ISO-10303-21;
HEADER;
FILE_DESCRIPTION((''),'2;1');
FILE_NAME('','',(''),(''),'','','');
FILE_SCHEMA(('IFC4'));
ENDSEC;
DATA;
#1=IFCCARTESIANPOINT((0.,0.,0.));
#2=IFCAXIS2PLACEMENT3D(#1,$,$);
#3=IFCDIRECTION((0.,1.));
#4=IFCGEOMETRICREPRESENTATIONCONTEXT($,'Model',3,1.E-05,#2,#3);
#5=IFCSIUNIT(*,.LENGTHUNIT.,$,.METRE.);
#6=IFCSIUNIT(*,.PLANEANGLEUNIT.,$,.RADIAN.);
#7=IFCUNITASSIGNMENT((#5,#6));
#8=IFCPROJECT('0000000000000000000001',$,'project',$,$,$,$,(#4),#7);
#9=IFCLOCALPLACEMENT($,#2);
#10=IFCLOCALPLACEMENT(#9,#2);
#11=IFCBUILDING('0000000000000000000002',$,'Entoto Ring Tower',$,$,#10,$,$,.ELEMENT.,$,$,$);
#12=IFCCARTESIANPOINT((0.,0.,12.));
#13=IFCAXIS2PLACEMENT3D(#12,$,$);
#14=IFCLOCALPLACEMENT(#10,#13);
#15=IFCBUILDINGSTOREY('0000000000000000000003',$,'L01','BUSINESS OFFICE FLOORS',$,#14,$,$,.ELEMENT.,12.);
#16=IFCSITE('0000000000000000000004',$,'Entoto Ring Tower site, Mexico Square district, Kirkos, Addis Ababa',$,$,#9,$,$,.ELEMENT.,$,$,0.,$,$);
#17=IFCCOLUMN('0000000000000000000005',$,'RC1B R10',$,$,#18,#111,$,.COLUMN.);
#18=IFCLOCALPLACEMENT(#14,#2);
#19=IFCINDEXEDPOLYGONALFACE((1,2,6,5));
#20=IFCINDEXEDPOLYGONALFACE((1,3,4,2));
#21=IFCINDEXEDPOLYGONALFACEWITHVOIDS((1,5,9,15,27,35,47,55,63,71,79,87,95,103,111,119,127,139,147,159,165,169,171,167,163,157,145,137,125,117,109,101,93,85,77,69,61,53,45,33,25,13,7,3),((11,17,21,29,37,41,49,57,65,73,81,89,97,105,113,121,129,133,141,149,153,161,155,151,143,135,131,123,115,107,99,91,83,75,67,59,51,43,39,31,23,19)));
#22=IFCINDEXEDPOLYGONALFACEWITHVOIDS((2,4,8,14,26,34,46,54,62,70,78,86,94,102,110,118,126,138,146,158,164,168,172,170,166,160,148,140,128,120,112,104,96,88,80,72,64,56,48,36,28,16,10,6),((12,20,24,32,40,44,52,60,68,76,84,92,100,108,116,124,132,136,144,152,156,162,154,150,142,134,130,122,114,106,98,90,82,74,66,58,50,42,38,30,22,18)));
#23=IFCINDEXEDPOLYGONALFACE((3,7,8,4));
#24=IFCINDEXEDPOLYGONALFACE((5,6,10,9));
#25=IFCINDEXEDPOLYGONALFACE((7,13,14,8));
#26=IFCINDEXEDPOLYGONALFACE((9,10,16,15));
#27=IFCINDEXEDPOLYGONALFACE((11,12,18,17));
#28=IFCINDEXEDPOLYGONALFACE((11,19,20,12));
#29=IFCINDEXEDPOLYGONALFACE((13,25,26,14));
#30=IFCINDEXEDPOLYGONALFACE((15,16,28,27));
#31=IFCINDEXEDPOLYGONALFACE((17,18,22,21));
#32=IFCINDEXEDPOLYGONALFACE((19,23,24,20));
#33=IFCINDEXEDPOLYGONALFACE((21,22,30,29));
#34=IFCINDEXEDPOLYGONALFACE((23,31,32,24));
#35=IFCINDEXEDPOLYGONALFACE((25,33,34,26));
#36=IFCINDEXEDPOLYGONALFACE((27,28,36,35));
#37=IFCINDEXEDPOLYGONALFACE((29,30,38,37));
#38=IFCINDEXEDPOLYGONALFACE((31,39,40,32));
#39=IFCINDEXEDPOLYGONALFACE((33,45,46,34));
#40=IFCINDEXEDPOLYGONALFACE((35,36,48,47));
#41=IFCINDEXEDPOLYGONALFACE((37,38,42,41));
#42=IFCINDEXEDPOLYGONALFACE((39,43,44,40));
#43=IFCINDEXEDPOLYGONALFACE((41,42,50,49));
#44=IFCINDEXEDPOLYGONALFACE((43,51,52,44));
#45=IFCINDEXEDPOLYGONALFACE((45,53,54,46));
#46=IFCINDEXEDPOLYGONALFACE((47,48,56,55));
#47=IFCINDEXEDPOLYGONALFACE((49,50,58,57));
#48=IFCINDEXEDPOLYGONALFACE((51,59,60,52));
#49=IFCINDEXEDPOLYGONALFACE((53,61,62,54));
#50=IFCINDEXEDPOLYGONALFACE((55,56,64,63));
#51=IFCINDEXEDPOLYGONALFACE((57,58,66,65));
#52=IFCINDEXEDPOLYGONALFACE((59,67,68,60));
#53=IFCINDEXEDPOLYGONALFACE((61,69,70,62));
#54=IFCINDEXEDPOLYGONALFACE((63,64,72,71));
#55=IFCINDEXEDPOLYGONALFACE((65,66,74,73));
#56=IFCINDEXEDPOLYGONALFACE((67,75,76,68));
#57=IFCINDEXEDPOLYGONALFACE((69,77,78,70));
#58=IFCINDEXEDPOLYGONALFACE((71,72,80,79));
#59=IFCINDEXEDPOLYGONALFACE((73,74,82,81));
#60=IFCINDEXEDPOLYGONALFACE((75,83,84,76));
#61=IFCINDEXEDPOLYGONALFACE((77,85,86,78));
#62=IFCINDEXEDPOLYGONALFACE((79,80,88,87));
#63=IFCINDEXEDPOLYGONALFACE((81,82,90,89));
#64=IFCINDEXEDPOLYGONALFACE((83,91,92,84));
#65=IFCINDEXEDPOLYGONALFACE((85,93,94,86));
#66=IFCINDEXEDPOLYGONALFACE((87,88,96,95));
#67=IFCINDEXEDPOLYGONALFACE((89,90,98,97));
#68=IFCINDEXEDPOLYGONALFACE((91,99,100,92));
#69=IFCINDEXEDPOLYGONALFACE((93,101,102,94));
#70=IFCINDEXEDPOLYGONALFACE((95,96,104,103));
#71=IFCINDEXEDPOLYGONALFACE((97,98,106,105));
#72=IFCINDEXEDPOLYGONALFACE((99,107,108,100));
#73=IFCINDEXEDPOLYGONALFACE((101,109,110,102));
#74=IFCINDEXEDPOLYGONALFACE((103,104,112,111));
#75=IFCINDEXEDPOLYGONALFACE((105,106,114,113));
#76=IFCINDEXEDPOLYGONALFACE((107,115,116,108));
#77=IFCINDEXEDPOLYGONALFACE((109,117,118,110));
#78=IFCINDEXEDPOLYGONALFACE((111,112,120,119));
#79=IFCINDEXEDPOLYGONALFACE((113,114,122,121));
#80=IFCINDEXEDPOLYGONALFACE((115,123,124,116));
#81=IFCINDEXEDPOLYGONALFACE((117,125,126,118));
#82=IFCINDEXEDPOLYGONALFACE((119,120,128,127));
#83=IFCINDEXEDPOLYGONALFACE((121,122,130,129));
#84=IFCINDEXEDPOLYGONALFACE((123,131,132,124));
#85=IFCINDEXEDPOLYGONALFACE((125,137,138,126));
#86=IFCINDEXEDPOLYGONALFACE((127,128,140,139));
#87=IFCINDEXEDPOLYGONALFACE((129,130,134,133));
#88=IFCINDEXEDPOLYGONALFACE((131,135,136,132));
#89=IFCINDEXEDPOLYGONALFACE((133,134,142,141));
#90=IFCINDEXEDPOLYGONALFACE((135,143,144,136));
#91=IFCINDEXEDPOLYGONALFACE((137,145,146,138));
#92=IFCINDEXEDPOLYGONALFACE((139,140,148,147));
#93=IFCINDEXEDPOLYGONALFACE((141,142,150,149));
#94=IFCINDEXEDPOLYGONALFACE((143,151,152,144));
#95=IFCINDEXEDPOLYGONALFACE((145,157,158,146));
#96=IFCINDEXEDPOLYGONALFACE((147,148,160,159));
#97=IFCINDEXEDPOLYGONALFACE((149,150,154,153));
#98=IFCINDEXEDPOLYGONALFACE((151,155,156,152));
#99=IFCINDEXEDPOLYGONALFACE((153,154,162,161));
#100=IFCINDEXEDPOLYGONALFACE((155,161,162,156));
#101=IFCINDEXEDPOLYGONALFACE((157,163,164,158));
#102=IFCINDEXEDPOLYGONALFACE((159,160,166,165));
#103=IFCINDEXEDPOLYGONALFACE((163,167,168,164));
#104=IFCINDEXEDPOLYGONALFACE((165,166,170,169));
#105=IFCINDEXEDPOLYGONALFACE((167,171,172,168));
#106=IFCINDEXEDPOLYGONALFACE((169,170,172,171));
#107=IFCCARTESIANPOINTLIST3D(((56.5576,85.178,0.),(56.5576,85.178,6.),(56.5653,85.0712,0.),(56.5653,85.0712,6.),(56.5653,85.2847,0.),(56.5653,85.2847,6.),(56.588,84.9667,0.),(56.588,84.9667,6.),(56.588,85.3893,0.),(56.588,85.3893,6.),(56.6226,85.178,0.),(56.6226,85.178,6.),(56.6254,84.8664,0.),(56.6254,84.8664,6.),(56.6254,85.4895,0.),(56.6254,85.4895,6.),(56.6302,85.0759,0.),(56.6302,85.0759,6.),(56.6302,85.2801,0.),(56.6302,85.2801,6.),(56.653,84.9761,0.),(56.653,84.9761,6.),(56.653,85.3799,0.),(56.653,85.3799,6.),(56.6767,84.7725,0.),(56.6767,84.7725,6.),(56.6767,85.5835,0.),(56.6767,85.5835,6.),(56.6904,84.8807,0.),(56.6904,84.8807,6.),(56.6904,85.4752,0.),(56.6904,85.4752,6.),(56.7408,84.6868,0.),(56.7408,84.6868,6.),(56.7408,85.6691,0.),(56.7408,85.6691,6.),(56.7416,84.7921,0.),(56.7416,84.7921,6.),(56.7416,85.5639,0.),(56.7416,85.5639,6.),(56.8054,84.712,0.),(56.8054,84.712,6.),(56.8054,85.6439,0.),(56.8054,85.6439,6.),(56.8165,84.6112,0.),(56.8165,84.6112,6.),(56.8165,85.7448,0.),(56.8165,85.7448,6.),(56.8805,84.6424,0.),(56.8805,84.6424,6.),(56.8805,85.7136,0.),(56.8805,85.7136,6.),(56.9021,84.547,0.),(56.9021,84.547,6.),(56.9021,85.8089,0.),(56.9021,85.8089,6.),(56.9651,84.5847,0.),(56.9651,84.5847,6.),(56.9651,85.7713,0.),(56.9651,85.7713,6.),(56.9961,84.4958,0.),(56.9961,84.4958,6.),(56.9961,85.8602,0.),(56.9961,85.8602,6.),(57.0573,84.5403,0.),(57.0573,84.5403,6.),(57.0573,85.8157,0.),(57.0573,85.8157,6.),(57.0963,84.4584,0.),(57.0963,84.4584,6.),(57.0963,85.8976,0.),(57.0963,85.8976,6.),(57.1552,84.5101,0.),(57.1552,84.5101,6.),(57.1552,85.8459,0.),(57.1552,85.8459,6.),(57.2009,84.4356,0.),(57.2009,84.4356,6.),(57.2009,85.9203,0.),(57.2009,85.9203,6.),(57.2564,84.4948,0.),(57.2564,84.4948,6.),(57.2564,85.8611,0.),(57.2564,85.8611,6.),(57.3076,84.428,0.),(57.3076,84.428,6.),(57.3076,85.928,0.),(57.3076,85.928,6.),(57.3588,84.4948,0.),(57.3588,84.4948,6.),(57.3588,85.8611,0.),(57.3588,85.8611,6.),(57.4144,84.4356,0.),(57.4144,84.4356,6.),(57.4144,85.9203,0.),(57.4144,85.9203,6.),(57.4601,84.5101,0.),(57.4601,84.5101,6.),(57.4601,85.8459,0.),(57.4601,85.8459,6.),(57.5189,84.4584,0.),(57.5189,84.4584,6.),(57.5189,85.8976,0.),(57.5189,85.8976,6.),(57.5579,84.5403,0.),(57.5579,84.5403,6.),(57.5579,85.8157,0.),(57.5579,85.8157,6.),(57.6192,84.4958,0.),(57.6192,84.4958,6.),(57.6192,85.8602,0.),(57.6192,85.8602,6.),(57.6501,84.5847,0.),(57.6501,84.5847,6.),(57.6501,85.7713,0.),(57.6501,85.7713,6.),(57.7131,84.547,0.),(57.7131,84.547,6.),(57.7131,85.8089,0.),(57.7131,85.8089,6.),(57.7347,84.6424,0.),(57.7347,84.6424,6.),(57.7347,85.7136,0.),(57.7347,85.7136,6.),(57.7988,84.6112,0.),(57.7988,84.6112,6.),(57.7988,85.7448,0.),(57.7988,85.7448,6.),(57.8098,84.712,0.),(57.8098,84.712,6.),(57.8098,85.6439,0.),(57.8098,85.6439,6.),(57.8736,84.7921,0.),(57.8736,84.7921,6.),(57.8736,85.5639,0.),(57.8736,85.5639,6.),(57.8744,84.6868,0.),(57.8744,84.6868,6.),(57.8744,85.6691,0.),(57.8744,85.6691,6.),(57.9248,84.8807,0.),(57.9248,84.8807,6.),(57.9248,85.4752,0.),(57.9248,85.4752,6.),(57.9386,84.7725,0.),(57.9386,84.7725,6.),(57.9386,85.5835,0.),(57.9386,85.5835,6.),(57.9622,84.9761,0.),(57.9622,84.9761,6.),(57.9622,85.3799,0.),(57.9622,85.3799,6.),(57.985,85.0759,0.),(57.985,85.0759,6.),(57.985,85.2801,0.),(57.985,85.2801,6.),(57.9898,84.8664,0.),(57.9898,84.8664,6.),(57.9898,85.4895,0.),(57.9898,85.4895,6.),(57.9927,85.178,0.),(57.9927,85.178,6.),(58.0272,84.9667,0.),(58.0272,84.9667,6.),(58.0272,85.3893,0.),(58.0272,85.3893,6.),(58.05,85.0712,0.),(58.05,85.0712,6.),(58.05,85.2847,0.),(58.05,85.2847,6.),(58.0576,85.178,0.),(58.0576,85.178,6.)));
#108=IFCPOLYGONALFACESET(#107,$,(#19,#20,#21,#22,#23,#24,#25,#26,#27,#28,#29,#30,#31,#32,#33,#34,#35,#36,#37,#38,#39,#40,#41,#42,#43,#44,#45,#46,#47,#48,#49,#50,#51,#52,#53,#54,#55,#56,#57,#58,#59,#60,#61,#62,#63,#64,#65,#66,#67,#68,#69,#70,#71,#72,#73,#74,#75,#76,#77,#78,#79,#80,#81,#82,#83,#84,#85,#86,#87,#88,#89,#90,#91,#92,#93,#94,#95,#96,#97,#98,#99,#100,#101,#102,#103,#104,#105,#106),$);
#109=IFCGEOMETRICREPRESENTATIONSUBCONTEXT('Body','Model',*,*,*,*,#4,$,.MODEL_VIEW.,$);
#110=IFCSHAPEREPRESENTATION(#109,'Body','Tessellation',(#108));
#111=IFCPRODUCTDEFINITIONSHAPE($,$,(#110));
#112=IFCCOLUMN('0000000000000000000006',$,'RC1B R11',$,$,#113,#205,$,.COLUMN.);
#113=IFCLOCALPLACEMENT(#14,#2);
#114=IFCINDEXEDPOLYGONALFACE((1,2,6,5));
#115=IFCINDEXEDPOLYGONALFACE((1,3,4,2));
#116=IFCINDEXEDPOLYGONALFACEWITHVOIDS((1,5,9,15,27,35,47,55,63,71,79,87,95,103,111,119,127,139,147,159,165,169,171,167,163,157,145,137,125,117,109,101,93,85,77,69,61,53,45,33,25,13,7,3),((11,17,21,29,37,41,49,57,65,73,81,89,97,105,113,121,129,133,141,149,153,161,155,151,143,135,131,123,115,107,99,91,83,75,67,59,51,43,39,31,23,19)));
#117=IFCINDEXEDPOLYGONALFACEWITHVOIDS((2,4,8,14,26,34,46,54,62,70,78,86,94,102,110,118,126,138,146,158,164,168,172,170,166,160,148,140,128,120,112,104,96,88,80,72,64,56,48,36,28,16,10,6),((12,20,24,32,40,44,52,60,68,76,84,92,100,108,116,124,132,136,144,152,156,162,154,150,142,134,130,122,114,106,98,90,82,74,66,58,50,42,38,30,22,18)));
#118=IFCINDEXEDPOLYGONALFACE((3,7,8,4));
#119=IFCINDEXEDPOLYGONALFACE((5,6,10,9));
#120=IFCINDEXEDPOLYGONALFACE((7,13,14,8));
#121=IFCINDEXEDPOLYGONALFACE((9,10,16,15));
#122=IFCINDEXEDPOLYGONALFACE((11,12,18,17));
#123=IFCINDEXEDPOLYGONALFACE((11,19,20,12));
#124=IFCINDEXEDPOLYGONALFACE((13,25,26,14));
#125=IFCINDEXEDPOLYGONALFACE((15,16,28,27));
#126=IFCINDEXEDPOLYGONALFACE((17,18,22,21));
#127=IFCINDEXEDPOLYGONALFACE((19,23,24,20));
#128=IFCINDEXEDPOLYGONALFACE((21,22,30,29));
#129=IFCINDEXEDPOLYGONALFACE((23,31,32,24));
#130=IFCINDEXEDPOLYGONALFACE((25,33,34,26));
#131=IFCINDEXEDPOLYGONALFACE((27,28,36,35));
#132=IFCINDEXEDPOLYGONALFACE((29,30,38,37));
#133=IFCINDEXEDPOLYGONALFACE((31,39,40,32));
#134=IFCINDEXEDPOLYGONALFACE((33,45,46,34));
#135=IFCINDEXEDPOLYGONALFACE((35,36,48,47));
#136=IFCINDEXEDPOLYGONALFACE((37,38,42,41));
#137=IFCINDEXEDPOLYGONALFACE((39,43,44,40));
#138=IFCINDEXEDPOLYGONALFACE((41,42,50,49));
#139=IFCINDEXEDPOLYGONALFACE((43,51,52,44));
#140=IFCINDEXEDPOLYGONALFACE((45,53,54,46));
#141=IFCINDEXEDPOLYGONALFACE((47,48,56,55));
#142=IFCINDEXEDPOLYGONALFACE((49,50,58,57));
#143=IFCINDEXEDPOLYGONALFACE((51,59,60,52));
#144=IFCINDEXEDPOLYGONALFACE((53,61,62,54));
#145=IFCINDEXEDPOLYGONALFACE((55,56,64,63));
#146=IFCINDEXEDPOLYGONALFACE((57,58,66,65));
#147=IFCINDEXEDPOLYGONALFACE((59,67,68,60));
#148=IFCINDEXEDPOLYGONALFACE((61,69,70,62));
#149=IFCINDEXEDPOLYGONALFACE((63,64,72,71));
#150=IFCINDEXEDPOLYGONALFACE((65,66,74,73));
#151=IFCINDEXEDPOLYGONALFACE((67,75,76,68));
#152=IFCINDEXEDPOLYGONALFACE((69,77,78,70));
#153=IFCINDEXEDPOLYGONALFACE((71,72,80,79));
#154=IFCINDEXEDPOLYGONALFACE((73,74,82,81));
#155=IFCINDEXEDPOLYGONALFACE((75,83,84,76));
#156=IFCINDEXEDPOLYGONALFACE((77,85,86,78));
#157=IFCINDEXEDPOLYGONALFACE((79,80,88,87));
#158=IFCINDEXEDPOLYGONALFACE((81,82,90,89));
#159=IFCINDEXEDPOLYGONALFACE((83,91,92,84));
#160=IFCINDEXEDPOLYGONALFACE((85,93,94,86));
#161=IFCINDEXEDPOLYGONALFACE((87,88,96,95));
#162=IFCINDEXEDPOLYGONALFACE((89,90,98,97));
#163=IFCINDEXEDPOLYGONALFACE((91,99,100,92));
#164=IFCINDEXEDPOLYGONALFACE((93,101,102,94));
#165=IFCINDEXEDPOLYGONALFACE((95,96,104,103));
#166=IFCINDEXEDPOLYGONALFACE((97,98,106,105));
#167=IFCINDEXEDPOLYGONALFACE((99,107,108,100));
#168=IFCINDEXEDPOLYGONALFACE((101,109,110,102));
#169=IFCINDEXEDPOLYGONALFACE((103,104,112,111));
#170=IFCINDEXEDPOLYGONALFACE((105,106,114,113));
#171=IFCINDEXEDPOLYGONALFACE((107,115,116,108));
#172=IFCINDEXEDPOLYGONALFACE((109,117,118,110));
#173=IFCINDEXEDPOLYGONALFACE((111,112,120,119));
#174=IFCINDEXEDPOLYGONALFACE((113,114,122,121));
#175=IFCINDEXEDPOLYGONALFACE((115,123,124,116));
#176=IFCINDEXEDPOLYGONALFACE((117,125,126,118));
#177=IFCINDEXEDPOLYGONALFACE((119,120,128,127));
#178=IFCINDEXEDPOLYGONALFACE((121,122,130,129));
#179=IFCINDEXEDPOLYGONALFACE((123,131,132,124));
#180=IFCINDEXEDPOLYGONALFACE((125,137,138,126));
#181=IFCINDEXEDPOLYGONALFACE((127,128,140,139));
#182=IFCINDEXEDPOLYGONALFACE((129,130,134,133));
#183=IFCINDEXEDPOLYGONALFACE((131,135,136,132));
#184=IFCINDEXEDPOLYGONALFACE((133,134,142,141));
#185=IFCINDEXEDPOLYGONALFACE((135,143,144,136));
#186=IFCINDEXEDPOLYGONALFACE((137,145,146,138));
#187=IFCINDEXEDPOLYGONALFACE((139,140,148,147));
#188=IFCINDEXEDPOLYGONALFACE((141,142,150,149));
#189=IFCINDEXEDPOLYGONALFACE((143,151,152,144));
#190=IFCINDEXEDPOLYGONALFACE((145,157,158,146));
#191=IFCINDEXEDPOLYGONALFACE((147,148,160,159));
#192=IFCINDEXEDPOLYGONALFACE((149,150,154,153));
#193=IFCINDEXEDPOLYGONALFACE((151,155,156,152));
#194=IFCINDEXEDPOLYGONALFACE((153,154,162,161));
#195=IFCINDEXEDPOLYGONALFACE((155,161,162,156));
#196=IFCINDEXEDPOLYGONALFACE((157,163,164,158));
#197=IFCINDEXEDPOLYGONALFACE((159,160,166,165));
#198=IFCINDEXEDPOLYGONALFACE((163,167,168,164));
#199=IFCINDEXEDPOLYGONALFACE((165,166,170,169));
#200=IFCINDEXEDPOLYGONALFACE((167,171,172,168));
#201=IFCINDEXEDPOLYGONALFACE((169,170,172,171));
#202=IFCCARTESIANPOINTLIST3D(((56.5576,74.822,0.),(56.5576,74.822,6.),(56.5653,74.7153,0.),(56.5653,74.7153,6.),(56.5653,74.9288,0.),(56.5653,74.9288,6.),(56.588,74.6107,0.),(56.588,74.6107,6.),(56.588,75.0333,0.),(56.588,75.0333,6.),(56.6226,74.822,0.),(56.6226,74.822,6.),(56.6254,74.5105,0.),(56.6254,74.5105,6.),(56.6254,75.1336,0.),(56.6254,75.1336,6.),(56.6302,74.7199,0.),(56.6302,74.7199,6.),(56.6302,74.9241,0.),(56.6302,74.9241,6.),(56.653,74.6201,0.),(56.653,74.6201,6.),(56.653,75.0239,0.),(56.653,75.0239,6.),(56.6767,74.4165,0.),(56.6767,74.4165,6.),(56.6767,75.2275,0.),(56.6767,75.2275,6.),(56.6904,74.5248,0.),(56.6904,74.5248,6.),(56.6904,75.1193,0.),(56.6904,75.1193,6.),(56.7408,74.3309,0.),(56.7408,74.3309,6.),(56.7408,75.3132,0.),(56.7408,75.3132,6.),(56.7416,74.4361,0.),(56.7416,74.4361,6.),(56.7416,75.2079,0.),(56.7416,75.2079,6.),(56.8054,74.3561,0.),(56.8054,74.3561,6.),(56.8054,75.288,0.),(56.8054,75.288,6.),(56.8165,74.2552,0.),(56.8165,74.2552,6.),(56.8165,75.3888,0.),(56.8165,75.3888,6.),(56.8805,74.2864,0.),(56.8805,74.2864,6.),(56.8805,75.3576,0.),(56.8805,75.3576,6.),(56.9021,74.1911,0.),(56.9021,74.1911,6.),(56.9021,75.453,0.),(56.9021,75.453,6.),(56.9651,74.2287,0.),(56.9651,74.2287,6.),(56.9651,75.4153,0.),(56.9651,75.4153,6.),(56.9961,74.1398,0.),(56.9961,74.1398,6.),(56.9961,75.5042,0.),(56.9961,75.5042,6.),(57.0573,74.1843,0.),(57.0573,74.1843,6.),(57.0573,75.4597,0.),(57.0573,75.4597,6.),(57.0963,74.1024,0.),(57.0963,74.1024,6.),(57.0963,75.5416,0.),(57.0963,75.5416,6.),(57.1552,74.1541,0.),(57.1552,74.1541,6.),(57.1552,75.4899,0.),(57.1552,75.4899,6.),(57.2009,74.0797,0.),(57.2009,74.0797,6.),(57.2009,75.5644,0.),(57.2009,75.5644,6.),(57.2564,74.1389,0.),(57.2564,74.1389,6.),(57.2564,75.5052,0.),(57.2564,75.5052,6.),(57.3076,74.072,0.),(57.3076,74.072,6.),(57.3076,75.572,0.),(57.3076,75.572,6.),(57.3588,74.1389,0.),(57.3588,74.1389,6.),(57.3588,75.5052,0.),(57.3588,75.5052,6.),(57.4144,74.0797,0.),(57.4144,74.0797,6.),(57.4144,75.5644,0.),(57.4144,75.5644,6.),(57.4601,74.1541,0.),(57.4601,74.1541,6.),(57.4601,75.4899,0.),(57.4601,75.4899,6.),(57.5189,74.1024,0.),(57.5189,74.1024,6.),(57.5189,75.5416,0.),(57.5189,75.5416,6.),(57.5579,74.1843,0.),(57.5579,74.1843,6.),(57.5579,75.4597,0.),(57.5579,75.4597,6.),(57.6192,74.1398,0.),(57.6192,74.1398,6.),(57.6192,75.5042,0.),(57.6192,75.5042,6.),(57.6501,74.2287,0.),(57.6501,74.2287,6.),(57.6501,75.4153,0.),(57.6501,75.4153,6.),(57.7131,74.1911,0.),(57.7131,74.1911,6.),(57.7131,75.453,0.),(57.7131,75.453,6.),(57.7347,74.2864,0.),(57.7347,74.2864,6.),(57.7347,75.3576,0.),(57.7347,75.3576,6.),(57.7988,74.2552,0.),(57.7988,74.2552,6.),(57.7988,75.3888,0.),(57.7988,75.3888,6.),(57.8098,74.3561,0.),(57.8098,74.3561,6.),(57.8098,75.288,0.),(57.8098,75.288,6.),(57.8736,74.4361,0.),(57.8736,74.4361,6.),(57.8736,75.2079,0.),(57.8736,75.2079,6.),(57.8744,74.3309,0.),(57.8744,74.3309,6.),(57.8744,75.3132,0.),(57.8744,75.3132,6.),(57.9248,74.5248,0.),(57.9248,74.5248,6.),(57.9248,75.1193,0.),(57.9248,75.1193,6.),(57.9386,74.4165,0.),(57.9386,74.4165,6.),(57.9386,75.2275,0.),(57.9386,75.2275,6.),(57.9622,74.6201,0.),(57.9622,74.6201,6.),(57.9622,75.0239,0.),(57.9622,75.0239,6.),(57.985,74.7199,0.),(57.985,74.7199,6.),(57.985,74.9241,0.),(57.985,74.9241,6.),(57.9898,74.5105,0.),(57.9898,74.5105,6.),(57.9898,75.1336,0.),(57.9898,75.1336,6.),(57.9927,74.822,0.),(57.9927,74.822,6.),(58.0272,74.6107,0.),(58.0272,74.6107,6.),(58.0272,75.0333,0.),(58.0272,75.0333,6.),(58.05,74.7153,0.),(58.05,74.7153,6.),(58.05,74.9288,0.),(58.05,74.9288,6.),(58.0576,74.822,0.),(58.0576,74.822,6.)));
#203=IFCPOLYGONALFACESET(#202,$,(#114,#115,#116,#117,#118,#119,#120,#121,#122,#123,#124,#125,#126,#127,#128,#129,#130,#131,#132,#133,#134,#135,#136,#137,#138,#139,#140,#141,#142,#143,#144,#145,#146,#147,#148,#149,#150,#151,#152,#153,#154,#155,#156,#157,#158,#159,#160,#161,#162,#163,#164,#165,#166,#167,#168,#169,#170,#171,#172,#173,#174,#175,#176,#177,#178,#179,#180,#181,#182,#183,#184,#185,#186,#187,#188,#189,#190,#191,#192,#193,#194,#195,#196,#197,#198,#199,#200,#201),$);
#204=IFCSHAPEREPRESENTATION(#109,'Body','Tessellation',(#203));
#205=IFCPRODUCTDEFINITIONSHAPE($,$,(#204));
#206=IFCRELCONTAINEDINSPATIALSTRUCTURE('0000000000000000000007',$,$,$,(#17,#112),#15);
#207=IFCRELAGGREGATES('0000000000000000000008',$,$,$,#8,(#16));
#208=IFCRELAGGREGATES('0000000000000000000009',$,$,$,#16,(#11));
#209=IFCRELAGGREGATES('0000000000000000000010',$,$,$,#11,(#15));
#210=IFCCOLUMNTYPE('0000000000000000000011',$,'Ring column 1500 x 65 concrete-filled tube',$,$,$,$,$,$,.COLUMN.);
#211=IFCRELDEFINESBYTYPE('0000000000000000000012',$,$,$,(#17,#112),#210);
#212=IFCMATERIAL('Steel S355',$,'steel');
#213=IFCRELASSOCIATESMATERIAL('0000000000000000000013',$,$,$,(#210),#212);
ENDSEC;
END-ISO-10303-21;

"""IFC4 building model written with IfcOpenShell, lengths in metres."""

from ifc_helpers import new_model, si_unit, direction, frame, origin, origin_2d, place, context, subcontext, project, spatial, circle, hollow_circle, extrude, material, material_profile, profile_set, type_object, element, save


model = new_model("IFC4")

# Units and contexts
model_context = context("Model", 3, precision=1e-05, world=origin(), true_north=direction((0.0, 1.0)))
body_context = subcontext(model_context, "Body", "Model", "MODEL_VIEW")
ifc_project = project(units=[si_unit("LENGTHUNIT", "METRE"), si_unit("PLANEANGLEUNIT", "RADIAN")], contexts=[model_context])

# Site, building, storey
site_placement = place(None, origin())
site = spatial("IfcSite", under=ifc_project, at=site_placement, Name="Entoto Ring Tower site, Mexico Square district, Kirkos, Addis Ababa", CompositionType="ELEMENT", RefElevation=0.0)
building_placement = place(site_placement, origin())
building = spatial("IfcBuilding", under=site, at=building_placement, Name="Entoto Ring Tower", CompositionType="ELEMENT")
storey_placement = place(building_placement, frame((0.0, 0.0, 12.0)))
storey = spatial("IfcBuildingStorey", under=building, at=storey_placement, Name="L01", Description="BUSINESS OFFICE FLOORS", CompositionType="ELEMENT", Elevation=12.0)

# Columns
ifc_material_1 = material(Name="Steel S355", Category="steel")
ifc_material_profile_1 = material_profile(ifc_material_1, hollow_circle(Radius=0.75, WallThickness=0.0649, at=origin_2d()), Name="CHS 1500 x 65")
ifc_material_2 = material(Name="Concrete C60/75", Category="concrete")
ifc_material_profile_2 = material_profile(ifc_material_2, circle(Radius=0.6851, at=origin_2d()), Name="Concrete C60/75 infill")
ifc_profile_set_1 = profile_set([ifc_material_profile_1, ifc_material_profile_2], Name="Steel S355")
column_type = type_object("IfcColumnType", Name="Ring column 1500 x 65 concrete-filled tube", PredefinedType="COLUMN", material=ifc_profile_set_1)
for number, where, z_axis, x_axis, name in (
    (1, (57.3076, 85.178, 0.0), (0.0, 0.0, 1.0), (1.0, 0.0, 0.0), "RC1B R10"),
    (2, (57.3076, 74.822, 0.0), (0.0, 0.0, 1.0), (1.0, 0.0, 0.0), "RC1B R11"),
):
    element("IfcColumn", number, at=place(storey_placement, frame(where, z_axis=z_axis, x_axis=x_axis)), inside=storey, type_object=column_type, Name=name, PredefinedType="COLUMN", context=body_context, shape_type="SweptSolid", body=[
        extrude(hollow_circle(Radius=0.75, WallThickness=0.0649, at=origin_2d()), origin(), (0.0, 0.0, 1.0), 6.0),
    ])

save(model, "model.ifc")
